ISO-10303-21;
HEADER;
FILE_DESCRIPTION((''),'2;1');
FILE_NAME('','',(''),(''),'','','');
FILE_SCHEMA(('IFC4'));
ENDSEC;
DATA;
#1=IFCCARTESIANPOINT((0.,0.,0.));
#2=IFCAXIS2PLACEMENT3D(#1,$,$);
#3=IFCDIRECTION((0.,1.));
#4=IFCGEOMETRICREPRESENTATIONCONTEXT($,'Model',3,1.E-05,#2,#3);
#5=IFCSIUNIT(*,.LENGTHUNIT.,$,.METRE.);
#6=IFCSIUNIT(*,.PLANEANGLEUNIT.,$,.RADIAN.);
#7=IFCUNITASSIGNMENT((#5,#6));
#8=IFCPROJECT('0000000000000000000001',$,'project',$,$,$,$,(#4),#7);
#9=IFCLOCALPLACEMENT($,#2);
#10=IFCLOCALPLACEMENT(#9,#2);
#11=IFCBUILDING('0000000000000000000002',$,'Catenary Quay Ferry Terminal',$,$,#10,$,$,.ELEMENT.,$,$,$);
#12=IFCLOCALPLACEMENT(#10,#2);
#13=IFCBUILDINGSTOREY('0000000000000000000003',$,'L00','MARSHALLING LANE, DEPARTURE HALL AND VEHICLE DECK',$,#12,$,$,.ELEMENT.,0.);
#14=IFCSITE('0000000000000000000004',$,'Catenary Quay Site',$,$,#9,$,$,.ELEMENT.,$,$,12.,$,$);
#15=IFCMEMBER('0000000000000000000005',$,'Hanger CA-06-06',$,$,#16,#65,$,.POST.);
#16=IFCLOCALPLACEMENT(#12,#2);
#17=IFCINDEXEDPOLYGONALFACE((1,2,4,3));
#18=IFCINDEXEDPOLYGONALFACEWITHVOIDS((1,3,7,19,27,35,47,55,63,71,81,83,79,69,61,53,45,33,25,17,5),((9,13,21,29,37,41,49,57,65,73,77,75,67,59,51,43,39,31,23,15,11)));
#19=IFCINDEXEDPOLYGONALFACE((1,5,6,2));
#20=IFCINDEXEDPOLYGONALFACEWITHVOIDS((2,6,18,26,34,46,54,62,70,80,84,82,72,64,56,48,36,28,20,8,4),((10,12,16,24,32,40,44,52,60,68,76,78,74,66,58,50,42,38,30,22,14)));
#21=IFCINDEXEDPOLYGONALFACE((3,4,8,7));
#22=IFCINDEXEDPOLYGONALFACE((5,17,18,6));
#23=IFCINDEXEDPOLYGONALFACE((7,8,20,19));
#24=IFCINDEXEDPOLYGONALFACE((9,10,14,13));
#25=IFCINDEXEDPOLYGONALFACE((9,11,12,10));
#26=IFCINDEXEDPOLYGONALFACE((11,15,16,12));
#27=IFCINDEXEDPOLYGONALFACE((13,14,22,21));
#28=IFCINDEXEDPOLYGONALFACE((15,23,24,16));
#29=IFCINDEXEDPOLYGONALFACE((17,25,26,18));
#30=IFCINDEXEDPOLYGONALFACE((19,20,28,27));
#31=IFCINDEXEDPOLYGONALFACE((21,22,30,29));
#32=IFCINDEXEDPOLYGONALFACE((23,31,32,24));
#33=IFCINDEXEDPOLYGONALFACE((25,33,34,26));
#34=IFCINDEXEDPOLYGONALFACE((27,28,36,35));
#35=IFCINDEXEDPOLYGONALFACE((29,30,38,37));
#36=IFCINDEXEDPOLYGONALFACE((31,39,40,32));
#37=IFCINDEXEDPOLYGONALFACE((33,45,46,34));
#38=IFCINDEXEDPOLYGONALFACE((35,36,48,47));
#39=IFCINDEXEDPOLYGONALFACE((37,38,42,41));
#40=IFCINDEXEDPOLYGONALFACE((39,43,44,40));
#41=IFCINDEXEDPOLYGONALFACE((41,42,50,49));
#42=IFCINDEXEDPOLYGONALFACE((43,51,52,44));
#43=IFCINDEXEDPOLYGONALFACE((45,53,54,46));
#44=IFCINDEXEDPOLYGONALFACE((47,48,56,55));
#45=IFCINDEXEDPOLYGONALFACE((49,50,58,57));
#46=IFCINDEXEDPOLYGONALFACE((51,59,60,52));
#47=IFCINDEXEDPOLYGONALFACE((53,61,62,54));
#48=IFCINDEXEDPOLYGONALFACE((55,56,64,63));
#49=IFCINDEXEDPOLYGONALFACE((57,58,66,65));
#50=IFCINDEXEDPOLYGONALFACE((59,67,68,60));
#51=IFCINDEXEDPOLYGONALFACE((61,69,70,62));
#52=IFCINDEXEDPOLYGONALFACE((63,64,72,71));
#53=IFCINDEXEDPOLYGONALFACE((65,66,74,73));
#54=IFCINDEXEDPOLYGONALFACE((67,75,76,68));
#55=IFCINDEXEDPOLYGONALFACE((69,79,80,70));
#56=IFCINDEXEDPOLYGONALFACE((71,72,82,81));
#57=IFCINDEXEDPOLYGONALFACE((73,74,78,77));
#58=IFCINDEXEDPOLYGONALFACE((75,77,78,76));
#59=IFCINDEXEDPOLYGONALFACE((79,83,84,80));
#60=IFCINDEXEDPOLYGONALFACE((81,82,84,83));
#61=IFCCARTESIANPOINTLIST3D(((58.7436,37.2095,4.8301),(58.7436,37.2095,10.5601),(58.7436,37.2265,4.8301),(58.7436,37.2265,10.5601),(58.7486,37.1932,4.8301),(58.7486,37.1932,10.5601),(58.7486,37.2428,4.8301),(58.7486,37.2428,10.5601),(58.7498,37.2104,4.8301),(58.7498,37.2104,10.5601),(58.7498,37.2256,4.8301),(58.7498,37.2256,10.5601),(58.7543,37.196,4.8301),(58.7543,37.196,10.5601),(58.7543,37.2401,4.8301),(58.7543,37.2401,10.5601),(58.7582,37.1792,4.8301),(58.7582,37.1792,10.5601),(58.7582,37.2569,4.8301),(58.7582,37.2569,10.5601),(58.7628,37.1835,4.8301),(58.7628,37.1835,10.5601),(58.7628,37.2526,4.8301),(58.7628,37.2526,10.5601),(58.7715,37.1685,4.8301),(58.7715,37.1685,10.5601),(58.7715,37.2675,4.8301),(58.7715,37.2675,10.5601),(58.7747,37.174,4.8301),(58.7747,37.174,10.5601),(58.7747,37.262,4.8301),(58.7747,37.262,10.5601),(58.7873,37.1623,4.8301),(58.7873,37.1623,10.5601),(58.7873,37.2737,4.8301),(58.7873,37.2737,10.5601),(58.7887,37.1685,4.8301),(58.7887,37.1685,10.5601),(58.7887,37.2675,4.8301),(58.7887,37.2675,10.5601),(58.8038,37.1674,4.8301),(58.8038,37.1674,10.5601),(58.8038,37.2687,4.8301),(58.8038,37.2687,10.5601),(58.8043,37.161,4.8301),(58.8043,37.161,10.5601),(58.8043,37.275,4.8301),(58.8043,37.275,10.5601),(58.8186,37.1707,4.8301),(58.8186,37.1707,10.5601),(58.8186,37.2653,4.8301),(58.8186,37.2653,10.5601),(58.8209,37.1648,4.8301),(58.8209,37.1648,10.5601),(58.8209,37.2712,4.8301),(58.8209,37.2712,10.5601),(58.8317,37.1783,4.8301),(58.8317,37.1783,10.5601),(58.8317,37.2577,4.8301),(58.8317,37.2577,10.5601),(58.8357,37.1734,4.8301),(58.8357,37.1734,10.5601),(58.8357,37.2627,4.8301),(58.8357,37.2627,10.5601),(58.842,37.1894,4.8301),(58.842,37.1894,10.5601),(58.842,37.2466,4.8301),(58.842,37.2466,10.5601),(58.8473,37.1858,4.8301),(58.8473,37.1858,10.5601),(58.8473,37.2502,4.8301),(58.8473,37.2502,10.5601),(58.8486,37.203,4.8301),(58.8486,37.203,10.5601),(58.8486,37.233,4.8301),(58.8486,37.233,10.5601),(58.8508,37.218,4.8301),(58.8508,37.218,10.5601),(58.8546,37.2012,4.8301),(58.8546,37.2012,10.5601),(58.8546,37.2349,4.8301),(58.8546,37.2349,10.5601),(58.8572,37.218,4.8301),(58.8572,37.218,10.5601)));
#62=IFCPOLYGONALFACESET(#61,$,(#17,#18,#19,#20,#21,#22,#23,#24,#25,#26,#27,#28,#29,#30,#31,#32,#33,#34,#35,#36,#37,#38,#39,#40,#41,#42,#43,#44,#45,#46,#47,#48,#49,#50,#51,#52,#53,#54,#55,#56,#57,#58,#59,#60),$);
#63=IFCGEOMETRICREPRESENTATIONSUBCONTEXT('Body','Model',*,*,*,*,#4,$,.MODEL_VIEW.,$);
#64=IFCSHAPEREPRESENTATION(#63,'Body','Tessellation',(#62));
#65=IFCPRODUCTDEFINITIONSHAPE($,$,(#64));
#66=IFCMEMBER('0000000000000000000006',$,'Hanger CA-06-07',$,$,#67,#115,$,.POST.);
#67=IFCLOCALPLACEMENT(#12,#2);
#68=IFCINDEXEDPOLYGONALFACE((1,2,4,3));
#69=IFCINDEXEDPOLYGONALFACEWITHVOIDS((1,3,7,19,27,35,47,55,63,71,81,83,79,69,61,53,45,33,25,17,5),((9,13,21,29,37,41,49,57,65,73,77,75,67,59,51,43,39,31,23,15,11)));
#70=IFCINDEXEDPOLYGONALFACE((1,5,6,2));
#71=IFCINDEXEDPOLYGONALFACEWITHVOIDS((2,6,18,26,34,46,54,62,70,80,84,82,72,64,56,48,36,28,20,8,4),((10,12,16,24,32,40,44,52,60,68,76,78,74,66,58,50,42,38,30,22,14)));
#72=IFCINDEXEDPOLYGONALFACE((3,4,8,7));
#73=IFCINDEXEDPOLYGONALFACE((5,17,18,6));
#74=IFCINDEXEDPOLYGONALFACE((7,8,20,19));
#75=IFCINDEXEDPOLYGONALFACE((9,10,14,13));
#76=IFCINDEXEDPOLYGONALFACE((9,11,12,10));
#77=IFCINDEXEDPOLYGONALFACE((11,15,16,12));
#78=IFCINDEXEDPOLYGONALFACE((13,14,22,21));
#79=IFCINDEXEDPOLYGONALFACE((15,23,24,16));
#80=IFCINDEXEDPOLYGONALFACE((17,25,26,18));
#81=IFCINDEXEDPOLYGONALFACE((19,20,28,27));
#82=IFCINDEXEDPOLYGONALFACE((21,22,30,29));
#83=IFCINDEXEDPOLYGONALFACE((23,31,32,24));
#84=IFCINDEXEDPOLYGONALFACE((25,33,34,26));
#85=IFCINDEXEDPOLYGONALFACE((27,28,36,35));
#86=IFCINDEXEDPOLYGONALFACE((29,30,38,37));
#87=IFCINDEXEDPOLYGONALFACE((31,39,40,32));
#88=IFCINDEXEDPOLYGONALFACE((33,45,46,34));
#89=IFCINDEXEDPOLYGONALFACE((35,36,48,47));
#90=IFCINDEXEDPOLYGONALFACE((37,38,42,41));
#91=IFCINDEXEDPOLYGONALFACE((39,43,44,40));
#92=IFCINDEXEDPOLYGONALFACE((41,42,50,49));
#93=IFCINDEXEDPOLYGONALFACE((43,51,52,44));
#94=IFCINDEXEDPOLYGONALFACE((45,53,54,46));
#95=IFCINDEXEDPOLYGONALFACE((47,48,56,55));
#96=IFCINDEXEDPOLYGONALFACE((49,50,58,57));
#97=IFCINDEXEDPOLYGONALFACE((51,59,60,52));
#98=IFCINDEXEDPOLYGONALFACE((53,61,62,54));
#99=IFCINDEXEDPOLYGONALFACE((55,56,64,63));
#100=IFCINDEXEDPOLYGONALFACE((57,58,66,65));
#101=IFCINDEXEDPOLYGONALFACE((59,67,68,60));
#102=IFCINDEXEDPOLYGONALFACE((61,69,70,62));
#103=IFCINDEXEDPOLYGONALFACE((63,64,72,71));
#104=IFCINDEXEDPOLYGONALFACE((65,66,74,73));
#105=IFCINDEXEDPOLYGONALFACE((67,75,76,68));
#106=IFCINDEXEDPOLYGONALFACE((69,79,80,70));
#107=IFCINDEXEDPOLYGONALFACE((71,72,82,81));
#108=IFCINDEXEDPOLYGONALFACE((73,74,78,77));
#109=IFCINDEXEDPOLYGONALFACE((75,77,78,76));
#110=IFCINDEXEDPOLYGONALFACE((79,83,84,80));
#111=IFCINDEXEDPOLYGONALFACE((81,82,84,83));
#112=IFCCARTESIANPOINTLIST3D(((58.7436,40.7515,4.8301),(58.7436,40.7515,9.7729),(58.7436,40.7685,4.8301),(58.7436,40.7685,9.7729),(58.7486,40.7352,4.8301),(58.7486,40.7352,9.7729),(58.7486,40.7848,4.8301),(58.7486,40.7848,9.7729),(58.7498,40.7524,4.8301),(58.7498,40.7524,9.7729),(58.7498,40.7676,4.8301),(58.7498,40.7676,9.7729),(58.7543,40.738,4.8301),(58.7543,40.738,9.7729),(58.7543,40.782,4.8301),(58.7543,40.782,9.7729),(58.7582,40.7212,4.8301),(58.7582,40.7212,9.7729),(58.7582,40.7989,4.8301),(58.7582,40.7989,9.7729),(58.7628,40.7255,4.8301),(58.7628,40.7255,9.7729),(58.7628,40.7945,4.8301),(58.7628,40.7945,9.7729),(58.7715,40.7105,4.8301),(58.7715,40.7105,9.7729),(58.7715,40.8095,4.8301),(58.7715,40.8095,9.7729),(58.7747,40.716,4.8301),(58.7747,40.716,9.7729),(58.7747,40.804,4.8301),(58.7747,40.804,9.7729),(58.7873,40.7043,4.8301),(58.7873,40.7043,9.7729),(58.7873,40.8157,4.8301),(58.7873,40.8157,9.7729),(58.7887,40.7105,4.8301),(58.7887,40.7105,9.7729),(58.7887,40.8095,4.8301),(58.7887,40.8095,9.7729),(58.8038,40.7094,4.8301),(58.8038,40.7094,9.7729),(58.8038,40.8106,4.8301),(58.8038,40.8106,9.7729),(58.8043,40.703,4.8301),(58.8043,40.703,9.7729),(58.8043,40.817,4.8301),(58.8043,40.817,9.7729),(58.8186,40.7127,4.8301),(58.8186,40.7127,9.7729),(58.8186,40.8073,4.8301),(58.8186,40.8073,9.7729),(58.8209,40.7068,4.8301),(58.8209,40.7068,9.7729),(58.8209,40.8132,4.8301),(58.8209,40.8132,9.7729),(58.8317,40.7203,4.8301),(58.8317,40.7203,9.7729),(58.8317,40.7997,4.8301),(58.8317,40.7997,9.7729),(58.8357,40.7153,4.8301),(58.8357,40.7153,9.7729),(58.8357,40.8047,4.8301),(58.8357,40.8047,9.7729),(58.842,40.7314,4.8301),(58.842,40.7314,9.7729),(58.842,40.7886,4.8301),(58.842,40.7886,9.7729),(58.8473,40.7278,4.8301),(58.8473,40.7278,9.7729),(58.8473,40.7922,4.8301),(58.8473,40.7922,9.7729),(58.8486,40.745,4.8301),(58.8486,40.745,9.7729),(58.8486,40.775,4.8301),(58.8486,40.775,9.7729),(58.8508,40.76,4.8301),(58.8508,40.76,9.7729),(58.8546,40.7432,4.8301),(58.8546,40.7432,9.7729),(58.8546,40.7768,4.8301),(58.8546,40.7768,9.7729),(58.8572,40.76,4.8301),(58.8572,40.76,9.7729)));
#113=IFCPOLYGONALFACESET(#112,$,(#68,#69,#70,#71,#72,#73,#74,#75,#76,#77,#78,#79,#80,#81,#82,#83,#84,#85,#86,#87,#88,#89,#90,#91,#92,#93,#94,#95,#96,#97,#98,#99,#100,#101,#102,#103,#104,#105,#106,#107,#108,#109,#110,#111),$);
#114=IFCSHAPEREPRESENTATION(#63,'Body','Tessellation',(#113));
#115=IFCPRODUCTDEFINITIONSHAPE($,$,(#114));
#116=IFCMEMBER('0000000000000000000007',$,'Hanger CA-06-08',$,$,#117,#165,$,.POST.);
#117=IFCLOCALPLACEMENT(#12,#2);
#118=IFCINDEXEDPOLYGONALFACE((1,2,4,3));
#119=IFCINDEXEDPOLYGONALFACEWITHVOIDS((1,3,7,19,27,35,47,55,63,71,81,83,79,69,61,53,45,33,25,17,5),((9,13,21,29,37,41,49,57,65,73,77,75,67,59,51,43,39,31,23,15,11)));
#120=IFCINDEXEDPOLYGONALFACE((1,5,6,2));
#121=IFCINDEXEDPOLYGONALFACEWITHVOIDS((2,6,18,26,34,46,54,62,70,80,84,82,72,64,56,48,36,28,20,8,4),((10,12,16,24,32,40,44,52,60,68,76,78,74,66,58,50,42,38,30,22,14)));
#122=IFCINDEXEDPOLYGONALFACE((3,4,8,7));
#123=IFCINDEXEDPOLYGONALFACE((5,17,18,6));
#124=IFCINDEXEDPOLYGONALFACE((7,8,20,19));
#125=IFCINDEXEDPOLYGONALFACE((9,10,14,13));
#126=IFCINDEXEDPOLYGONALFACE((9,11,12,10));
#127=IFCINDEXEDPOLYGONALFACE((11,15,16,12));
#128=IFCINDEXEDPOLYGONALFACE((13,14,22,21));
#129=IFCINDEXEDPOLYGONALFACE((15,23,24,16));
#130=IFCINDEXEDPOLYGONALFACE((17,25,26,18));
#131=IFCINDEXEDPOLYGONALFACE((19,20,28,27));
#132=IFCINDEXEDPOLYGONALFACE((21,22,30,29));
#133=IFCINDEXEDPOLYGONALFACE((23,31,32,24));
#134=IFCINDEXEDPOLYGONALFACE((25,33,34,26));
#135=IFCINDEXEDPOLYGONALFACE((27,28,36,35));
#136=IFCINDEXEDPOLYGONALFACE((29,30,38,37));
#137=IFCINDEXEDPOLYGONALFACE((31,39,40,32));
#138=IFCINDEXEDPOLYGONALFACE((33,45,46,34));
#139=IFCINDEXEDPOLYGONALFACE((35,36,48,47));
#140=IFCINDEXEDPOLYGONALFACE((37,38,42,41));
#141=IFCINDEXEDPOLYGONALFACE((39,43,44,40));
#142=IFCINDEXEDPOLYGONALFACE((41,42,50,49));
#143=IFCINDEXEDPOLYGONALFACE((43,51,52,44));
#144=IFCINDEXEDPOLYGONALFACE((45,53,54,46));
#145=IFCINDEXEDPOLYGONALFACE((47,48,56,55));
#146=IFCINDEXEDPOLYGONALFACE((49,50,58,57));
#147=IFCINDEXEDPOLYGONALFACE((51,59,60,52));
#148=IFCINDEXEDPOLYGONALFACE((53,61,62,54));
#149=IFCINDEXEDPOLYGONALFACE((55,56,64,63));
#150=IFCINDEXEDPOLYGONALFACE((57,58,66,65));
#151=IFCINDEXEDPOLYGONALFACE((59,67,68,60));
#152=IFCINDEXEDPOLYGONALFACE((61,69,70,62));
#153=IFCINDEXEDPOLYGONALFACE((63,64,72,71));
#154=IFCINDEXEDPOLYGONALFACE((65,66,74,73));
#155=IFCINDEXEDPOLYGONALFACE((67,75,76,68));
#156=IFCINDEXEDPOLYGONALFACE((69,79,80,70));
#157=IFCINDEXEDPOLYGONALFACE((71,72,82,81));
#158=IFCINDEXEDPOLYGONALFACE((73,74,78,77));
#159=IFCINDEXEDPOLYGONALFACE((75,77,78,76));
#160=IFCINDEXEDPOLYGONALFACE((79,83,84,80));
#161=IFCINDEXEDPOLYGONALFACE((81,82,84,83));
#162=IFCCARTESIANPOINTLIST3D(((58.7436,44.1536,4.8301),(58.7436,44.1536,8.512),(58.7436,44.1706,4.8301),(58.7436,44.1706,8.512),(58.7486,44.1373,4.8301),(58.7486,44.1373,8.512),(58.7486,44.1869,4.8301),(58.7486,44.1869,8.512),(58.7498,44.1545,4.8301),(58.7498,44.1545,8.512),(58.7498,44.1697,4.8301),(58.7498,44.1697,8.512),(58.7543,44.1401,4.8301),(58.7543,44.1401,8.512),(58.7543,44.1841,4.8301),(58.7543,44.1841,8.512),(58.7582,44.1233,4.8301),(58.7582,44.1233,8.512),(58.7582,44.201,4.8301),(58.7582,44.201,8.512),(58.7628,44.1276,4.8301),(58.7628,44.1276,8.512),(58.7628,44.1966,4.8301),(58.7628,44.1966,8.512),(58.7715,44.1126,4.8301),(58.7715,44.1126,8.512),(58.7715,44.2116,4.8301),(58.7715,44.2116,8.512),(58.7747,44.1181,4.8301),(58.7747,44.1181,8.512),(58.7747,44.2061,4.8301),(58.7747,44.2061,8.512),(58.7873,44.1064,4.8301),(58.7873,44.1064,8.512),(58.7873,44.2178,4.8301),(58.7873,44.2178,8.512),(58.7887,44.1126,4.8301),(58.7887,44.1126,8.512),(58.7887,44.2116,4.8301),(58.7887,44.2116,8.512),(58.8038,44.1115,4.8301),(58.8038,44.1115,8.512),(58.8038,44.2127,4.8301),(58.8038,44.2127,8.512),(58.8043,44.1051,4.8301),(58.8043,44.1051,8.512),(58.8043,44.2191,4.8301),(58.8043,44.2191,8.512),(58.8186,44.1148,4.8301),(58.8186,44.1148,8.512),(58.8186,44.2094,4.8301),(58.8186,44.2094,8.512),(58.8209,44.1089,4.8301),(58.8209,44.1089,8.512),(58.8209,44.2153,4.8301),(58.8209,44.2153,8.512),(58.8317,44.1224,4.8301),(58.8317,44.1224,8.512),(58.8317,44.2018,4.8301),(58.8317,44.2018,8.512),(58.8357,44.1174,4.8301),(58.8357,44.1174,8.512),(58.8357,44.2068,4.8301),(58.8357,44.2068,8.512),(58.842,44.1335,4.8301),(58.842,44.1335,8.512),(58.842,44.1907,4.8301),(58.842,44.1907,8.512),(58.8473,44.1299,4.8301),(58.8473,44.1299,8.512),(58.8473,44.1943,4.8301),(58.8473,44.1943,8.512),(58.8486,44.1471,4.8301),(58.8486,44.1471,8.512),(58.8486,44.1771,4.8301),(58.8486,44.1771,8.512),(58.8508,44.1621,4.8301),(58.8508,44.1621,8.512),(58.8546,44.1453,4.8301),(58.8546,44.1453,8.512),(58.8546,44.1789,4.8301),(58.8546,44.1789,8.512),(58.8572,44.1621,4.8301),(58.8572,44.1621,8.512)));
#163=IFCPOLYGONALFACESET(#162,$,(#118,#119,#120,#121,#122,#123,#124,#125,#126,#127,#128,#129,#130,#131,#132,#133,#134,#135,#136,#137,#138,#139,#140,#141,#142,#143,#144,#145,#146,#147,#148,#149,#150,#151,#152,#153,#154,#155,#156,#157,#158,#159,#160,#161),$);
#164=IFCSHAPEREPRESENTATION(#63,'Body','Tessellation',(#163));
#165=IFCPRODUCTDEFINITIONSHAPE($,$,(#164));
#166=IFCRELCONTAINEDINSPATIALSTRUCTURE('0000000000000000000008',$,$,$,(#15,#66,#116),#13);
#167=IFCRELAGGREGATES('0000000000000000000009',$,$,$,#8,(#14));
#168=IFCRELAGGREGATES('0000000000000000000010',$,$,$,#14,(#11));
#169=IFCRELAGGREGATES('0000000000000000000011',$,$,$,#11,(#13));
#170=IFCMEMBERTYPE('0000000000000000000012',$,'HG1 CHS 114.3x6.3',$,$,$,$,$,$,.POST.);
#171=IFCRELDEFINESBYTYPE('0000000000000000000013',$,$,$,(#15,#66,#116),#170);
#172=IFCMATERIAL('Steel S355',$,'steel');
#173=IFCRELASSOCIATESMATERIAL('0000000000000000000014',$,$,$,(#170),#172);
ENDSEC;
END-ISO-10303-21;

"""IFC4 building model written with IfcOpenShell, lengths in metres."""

from ifc_helpers import new_model, si_unit, direction, frame, origin, origin_2d, place, context, subcontext, project, spatial, hollow_circle, extrude, material, material_profile, profile_set, type_object, element, save


model = new_model("IFC4")

# Units and contexts
model_context = context("Model", 3, precision=1e-05, world=origin(), true_north=direction((0.0, 1.0)))
body_context = subcontext(model_context, "Body", "Model", "MODEL_VIEW")
ifc_project = project(units=[si_unit("LENGTHUNIT", "METRE"), si_unit("PLANEANGLEUNIT", "RADIAN")], contexts=[model_context])

# Site, building, storey
site_placement = place(None, origin())
site = spatial("IfcSite", under=ifc_project, at=site_placement, Name="Catenary Quay Site", CompositionType="ELEMENT", RefElevation=12.0)
building_placement = place(site_placement, origin())
building = spatial("IfcBuilding", under=site, at=building_placement, Name="Catenary Quay Ferry Terminal", CompositionType="ELEMENT")
storey_placement = place(building_placement, origin())
storey = spatial("IfcBuildingStorey", under=building, at=storey_placement, Name="L00", Description="MARSHALLING LANE, DEPARTURE HALL AND VEHICLE DECK", CompositionType="ELEMENT", Elevation=0.0)

# Members
ifc_material_1 = material(Name="Steel S355", Category="steel")
ifc_material_profile_1 = material_profile(ifc_material_1, hollow_circle(Radius=0.0571, WallThickness=0.0063, at=origin_2d()), Name="CHS 114.3x6.3")
ifc_profile_set_1 = profile_set([ifc_material_profile_1], Name="Steel S355")
member_type_1 = type_object("IfcMemberType", Name="HG1 CHS 114.3x6.3", PredefinedType="POST", material=ifc_profile_set_1)
member_1_placement = place(storey_placement, frame((58.8, 37.218, 4.8301), z_axis=(0.0, 0.0, 1.0), x_axis=(1.0, 0.0, 0.0)))
element("IfcMember", 1, at=member_1_placement, inside=storey, type_object=member_type_1, Name="Hanger CA-06-06", PredefinedType="POST", context=body_context, shape_type="SweptSolid", body=[
    extrude(hollow_circle(Radius=0.0571, WallThickness=0.0063, at=origin_2d()), origin(), (0.0, 0.0, 1.0), 5.73),
])
member_2_placement = place(storey_placement, frame((58.8, 40.76, 4.8301), z_axis=(0.0, 0.0, 1.0), x_axis=(1.0, 0.0, 0.0)))
element("IfcMember", 2, at=member_2_placement, inside=storey, type_object=member_type_1, Name="Hanger CA-06-07", PredefinedType="POST", context=body_context, shape_type="SweptSolid", body=[
    extrude(hollow_circle(Radius=0.0571, WallThickness=0.0063, at=origin_2d()), origin(), (0.0, 0.0, 1.0), 4.9429),
])
member_3_placement = place(storey_placement, frame((58.8, 44.1621, 4.8301), z_axis=(0.0, 0.0, 1.0), x_axis=(1.0, 0.0, 0.0)))
element("IfcMember", 3, at=member_3_placement, inside=storey, type_object=member_type_1, Name="Hanger CA-06-08", PredefinedType="POST", context=body_context, shape_type="SweptSolid", body=[
    extrude(hollow_circle(Radius=0.0571, WallThickness=0.0063, at=origin_2d()), origin(), (0.0, 0.0, 1.0), 3.6819),
])

save(model, "model.ifc")
